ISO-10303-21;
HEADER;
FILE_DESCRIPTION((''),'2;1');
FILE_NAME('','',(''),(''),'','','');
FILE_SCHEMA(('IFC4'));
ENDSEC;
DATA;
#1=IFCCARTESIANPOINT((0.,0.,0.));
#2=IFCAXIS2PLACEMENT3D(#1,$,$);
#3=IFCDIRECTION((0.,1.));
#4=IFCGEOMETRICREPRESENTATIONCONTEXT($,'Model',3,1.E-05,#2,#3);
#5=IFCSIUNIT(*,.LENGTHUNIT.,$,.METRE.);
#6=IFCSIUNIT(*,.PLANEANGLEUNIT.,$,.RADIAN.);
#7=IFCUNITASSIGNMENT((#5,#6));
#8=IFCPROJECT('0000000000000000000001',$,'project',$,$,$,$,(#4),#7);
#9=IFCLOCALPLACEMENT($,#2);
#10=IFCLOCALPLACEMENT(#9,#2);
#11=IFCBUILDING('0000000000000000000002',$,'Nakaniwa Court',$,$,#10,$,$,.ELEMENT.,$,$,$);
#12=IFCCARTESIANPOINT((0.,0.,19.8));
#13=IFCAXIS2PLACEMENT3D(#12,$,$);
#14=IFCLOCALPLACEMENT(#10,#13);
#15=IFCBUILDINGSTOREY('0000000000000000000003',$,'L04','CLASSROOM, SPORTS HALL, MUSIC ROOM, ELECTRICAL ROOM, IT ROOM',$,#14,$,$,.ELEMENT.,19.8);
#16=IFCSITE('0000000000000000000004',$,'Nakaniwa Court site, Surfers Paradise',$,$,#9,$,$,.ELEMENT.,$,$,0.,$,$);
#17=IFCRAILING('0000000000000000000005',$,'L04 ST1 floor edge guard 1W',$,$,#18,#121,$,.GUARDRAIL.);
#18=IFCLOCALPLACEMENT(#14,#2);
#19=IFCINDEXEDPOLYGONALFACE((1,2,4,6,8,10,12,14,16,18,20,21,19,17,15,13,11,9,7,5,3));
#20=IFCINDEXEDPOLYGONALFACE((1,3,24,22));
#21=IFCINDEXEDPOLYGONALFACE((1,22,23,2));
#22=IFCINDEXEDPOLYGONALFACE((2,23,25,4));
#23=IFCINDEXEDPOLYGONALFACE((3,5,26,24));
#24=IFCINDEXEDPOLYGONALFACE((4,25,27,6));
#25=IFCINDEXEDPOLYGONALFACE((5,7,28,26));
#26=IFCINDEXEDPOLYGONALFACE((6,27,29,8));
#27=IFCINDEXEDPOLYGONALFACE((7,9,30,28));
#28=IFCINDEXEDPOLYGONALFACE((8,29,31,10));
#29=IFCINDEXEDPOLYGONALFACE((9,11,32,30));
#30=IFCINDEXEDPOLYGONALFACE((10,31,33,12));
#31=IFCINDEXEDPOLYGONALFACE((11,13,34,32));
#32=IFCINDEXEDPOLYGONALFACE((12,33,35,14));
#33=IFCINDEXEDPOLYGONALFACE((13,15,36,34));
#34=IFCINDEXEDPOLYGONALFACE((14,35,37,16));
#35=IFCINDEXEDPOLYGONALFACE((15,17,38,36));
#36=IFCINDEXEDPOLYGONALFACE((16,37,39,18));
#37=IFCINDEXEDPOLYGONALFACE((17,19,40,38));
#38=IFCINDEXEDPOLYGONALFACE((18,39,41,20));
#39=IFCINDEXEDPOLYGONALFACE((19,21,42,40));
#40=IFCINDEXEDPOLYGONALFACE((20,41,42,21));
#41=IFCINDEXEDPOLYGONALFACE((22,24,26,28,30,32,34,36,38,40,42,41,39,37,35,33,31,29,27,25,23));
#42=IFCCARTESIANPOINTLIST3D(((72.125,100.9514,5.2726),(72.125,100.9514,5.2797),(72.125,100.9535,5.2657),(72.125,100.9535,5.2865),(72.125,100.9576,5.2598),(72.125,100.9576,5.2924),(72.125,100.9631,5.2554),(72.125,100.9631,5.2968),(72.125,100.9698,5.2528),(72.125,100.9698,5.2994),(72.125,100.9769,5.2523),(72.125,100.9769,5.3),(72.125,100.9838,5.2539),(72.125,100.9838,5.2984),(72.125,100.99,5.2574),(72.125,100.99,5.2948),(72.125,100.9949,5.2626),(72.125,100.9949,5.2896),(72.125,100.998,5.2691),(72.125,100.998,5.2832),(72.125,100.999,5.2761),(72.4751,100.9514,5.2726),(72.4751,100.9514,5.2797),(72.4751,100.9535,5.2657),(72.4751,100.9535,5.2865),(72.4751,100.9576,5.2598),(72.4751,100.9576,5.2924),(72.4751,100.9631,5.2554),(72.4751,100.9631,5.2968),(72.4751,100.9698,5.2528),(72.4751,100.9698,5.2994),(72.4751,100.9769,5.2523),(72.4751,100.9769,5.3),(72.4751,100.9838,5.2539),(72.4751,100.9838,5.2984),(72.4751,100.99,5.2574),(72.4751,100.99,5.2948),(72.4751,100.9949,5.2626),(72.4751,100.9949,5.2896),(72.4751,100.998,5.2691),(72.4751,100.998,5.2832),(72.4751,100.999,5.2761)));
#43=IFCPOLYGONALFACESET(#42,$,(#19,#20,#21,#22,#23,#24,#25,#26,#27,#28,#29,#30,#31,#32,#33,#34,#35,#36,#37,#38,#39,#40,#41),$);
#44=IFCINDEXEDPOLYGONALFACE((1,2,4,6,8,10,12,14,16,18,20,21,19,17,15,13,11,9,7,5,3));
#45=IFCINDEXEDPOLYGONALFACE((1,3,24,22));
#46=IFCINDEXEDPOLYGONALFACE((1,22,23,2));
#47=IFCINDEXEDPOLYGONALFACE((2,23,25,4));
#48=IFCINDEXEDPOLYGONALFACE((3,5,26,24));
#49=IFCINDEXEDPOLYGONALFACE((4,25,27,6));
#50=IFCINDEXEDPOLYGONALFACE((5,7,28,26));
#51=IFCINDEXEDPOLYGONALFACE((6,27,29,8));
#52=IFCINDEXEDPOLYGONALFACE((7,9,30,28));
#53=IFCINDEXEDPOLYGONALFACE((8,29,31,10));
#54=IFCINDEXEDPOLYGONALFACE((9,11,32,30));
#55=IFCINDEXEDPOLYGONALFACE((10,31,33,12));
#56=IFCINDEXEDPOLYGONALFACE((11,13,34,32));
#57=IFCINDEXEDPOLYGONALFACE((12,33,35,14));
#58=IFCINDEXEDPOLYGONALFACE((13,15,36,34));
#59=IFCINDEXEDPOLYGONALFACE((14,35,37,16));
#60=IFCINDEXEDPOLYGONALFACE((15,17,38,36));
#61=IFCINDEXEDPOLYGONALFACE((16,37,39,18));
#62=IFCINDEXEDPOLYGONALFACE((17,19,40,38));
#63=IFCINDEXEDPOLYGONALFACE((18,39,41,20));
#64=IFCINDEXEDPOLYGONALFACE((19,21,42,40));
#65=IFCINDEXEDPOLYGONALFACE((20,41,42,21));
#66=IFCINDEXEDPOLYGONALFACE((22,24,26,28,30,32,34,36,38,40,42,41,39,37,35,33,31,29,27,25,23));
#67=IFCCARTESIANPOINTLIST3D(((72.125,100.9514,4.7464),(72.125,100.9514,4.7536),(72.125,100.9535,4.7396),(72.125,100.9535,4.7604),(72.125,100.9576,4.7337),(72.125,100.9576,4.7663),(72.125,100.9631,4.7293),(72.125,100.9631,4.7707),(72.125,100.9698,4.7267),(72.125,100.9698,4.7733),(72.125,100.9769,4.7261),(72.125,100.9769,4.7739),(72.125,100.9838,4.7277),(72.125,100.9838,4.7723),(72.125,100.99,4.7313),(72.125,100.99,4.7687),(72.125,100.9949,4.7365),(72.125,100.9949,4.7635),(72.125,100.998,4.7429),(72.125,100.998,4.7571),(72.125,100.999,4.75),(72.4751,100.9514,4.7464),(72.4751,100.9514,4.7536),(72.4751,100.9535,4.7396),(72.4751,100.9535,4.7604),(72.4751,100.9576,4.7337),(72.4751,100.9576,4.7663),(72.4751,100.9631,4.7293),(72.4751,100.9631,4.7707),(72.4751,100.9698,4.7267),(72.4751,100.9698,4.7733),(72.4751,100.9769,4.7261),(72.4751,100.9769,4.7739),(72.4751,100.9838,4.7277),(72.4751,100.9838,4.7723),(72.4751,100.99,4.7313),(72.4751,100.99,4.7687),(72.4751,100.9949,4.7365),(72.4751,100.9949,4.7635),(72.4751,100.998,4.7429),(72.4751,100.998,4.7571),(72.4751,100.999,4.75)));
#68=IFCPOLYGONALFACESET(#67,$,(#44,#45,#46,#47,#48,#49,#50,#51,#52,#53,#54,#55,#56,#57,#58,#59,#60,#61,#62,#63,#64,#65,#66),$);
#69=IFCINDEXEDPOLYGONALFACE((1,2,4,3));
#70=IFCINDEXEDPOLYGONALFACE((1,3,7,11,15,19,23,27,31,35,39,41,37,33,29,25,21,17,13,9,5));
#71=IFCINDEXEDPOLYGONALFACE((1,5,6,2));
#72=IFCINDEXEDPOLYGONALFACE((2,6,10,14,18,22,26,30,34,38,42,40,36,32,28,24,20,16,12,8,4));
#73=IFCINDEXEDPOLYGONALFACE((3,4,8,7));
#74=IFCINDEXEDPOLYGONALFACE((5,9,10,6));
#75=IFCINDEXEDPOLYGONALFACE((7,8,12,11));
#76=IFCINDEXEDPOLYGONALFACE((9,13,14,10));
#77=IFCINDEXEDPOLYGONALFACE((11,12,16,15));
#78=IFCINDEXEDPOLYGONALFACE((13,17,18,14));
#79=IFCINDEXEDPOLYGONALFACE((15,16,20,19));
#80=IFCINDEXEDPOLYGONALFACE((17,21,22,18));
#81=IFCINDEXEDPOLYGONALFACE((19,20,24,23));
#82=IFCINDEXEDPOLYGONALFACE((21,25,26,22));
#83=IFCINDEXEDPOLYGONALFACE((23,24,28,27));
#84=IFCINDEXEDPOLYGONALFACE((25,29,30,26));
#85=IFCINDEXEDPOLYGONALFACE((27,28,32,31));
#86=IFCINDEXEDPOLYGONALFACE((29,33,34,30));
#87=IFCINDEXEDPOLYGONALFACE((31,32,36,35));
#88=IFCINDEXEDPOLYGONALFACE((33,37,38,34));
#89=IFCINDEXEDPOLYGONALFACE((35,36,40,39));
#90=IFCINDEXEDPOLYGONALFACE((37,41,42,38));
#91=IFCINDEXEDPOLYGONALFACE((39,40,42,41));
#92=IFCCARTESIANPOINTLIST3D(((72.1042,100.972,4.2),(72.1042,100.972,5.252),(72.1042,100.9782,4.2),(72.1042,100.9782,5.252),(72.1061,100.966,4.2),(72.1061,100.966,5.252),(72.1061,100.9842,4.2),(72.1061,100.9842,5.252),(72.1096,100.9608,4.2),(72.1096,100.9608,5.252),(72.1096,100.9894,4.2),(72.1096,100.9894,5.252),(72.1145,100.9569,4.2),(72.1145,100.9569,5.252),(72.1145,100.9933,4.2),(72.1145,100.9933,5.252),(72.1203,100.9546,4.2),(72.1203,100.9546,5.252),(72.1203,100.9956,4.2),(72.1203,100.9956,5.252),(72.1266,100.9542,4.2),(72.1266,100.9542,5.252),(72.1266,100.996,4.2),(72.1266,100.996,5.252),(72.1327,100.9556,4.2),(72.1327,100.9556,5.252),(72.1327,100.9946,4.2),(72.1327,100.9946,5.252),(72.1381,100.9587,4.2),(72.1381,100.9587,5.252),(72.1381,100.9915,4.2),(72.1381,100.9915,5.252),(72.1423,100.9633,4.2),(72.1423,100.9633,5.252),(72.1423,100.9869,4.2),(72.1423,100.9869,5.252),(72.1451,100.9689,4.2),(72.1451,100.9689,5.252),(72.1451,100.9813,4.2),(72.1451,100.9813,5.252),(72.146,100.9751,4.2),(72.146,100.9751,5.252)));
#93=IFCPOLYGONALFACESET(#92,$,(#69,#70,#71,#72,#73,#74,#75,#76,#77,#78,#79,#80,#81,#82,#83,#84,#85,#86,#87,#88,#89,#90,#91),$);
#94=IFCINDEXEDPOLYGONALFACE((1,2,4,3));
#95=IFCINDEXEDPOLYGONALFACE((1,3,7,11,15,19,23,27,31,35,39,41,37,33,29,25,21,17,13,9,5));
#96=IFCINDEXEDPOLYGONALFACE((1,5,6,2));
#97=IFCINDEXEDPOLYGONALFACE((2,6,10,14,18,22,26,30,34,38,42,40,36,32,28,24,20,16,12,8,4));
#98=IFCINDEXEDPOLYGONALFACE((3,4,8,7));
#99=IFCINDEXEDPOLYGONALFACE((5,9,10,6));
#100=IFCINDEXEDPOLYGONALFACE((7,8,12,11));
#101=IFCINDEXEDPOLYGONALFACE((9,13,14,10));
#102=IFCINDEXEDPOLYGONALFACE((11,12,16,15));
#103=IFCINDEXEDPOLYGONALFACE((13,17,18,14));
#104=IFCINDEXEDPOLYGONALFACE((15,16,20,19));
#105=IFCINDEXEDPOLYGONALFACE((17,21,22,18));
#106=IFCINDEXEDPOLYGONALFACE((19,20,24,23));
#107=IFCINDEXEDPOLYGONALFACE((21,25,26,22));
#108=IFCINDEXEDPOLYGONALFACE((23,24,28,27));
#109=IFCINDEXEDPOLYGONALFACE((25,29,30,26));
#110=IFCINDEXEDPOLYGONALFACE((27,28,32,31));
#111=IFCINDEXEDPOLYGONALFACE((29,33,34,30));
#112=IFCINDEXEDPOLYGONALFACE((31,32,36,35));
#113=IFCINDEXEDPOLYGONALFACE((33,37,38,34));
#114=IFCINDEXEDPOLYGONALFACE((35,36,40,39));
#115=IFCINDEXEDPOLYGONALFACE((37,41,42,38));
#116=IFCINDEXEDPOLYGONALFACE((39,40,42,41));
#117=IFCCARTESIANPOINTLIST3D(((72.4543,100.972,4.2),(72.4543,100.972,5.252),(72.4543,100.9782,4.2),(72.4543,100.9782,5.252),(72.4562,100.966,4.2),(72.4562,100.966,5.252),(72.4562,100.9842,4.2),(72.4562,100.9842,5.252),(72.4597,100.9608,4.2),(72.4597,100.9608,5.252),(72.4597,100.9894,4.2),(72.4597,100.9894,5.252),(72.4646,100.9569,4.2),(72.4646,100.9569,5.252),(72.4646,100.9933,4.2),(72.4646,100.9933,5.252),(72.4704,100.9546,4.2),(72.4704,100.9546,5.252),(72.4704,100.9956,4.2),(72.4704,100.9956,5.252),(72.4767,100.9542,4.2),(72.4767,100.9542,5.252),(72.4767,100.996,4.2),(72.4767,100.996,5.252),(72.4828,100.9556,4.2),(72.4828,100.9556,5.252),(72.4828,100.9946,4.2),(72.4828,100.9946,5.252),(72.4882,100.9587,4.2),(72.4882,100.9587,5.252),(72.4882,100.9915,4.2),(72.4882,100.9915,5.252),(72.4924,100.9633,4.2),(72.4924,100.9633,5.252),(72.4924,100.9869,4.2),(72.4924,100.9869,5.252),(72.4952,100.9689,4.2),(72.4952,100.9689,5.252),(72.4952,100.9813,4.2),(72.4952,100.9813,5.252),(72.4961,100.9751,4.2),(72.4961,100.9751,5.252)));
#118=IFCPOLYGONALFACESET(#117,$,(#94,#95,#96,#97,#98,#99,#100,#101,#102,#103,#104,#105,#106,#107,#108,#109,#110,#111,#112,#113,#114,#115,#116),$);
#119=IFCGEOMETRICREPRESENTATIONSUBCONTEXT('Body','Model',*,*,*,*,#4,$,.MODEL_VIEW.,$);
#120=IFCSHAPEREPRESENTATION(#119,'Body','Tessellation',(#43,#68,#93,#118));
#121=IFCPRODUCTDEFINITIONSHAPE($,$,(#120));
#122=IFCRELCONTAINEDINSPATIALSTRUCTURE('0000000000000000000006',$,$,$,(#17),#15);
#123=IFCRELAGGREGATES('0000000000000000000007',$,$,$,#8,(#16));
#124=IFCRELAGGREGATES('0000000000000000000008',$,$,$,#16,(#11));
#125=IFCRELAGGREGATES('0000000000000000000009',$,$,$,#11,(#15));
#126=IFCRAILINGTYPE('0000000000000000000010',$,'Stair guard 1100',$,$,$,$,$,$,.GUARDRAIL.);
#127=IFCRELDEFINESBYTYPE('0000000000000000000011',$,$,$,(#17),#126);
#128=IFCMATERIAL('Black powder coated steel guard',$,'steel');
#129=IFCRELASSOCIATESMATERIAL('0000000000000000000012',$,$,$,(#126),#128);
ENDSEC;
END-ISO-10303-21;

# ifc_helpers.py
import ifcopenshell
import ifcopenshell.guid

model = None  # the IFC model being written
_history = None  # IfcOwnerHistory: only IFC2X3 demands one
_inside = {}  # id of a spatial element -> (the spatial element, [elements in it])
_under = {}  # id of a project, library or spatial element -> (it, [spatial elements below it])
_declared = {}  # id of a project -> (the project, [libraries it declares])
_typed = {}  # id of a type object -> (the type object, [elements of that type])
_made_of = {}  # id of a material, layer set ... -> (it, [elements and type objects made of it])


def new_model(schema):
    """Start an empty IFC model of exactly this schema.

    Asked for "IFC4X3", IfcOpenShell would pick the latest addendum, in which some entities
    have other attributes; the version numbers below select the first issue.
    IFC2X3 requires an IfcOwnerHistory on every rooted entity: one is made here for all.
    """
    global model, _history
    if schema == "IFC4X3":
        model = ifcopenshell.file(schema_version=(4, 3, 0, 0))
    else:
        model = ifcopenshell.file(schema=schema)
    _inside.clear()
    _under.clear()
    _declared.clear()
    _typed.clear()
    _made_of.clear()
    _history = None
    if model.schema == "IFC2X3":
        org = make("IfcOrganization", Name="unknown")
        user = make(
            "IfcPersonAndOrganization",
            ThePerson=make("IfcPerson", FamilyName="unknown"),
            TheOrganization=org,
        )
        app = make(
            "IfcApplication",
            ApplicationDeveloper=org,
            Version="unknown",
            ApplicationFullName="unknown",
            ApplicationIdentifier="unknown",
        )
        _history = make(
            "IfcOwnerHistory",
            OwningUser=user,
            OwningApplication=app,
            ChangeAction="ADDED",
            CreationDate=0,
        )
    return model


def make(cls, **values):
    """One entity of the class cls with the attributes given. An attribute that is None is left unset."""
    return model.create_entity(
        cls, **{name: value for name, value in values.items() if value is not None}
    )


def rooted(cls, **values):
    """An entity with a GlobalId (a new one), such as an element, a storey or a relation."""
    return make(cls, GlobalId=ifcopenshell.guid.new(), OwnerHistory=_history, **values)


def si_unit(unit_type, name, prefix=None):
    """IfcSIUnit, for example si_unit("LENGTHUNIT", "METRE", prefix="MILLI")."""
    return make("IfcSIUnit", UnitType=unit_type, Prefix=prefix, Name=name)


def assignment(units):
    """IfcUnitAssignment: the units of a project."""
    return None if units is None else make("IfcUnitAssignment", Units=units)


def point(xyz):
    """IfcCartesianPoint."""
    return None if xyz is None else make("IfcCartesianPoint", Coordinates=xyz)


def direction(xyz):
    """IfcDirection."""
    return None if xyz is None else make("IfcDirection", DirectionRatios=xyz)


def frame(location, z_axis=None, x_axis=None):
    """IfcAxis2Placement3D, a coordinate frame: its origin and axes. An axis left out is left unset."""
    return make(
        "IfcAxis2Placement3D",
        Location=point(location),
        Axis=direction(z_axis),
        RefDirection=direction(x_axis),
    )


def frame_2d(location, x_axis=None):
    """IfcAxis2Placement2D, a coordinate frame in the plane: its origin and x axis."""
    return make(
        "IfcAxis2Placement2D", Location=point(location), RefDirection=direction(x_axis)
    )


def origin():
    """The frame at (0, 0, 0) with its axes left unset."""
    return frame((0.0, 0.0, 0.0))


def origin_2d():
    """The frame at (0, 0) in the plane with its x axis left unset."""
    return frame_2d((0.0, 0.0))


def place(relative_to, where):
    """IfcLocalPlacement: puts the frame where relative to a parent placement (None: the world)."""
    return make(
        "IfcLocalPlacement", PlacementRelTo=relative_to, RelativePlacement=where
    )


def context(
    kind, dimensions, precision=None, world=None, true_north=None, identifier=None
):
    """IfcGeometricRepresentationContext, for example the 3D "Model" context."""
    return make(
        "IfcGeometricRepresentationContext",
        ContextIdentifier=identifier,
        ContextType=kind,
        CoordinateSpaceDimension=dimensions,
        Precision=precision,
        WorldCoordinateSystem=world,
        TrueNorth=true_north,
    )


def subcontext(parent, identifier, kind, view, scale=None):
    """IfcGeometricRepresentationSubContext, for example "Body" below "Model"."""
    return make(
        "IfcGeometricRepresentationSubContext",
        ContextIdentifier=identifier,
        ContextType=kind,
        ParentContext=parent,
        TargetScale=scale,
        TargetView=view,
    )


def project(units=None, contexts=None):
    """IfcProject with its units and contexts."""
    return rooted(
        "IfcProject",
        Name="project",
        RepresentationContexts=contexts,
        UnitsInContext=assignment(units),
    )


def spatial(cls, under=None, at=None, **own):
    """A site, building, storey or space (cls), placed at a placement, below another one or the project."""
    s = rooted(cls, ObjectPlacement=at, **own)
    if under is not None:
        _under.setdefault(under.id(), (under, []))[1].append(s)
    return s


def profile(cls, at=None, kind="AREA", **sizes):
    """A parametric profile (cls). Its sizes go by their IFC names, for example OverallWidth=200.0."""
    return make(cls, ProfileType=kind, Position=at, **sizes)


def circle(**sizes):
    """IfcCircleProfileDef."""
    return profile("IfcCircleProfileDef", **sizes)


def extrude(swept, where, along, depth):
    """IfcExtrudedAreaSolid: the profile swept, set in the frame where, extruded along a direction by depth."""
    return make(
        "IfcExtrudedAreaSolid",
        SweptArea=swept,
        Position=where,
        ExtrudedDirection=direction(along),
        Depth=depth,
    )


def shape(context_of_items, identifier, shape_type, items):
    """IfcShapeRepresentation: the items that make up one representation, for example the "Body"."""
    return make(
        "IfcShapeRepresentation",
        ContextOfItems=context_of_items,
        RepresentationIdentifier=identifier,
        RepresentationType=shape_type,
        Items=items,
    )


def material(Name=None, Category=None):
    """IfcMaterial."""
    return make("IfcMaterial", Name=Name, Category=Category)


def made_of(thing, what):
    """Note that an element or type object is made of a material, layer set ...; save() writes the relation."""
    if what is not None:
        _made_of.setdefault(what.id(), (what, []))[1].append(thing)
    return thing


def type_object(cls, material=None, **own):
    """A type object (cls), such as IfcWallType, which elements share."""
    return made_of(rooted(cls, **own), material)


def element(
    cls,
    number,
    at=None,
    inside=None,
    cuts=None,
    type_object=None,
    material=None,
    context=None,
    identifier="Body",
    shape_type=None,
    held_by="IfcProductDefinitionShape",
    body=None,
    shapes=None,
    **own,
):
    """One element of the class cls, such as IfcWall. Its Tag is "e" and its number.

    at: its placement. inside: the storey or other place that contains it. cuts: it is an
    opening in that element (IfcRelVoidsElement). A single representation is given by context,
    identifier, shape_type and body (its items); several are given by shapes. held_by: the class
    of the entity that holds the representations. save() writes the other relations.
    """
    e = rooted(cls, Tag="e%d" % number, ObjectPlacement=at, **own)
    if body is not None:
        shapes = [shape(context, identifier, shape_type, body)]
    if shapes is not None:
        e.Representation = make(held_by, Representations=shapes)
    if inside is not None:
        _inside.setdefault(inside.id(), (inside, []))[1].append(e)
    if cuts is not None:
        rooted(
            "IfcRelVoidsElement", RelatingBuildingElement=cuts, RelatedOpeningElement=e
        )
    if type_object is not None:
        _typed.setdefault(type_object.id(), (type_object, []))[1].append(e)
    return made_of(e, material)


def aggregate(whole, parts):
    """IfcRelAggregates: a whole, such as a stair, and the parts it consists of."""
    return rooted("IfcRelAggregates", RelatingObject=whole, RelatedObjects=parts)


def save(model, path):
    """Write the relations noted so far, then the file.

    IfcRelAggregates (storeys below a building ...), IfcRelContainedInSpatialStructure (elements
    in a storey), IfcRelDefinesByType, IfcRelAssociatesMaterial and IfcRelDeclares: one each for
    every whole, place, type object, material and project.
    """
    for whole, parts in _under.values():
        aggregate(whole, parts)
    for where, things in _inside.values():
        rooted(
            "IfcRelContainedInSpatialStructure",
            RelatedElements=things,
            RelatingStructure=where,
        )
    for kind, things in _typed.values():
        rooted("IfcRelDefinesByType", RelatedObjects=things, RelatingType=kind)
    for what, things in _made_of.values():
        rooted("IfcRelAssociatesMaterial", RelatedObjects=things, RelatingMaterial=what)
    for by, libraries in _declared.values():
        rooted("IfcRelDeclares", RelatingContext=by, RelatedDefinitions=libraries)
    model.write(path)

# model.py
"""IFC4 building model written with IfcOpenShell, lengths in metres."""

from ifc_helpers import new_model, si_unit, direction, frame, origin, origin_2d, place, context, subcontext, project, spatial, circle, extrude, material, type_object, element, save


model = new_model("IFC4")

# Units and contexts
model_context = context("Model", 3, precision=1e-05, world=origin(), true_north=direction((0.0, 1.0)))
body_context = subcontext(model_context, "Body", "Model", "MODEL_VIEW")
ifc_project = project(units=[si_unit("LENGTHUNIT", "METRE"), si_unit("PLANEANGLEUNIT", "RADIAN")], contexts=[model_context])

# Site, building, storey
site_placement = place(None, origin())
site = spatial("IfcSite", under=ifc_project, at=site_placement, Name="Nakaniwa Court site, Surfers Paradise", CompositionType="ELEMENT", RefElevation=0.0)
building_placement = place(site_placement, origin())
building = spatial("IfcBuilding", under=site, at=building_placement, Name="Nakaniwa Court", CompositionType="ELEMENT")
storey_placement = place(building_placement, frame((0.0, 0.0, 19.8)))
storey = spatial("IfcBuildingStorey", under=building, at=storey_placement, Name="L04", Description="CLASSROOM, SPORTS HALL, MUSIC ROOM, ELECTRICAL ROOM, IT ROOM", CompositionType="ELEMENT", Elevation=19.8)

# Railing
ifc_material_1 = material(Name="Black powder coated steel guard", Category="steel")
railing_type_1 = type_object("IfcRailingType", Name="Stair guard 1100", PredefinedType="GUARDRAIL", material=ifc_material_1)
railing_1_placement = place(storey_placement, frame((72.125, 100.9751, 4.2)))
element("IfcRailing", 1, at=railing_1_placement, inside=storey, type_object=railing_type_1, Name="L04 ST1 floor edge guard 1W", PredefinedType="GUARDRAIL", context=body_context, shape_type="SweptSolid", body=[
    extrude(circle(Radius=0.0239, at=origin_2d()), frame((0.0, 0.0, 1.0762), z_axis=(1.0, 0.0, 0.0), x_axis=(0.0, 1.0, 0.0)), (0.0, 0.0, 1.0), 0.3501),
    extrude(circle(Radius=0.0239, at=origin_2d()), frame((0.0, 0.0, 0.55), z_axis=(1.0, 0.0, 0.0), x_axis=(0.0, 1.0, 0.0)), (0.0, 0.0, 1.0), 0.3501),
    extrude(circle(Radius=0.021, at=origin_2d()), origin(), (0.0, 0.0, 1.0), 1.052),
    extrude(circle(Radius=0.021, at=origin_2d()), frame((0.3501, 0.0, 0.0)), (0.0, 0.0, 1.0), 1.052),
])

save(model, "model.ifc")
